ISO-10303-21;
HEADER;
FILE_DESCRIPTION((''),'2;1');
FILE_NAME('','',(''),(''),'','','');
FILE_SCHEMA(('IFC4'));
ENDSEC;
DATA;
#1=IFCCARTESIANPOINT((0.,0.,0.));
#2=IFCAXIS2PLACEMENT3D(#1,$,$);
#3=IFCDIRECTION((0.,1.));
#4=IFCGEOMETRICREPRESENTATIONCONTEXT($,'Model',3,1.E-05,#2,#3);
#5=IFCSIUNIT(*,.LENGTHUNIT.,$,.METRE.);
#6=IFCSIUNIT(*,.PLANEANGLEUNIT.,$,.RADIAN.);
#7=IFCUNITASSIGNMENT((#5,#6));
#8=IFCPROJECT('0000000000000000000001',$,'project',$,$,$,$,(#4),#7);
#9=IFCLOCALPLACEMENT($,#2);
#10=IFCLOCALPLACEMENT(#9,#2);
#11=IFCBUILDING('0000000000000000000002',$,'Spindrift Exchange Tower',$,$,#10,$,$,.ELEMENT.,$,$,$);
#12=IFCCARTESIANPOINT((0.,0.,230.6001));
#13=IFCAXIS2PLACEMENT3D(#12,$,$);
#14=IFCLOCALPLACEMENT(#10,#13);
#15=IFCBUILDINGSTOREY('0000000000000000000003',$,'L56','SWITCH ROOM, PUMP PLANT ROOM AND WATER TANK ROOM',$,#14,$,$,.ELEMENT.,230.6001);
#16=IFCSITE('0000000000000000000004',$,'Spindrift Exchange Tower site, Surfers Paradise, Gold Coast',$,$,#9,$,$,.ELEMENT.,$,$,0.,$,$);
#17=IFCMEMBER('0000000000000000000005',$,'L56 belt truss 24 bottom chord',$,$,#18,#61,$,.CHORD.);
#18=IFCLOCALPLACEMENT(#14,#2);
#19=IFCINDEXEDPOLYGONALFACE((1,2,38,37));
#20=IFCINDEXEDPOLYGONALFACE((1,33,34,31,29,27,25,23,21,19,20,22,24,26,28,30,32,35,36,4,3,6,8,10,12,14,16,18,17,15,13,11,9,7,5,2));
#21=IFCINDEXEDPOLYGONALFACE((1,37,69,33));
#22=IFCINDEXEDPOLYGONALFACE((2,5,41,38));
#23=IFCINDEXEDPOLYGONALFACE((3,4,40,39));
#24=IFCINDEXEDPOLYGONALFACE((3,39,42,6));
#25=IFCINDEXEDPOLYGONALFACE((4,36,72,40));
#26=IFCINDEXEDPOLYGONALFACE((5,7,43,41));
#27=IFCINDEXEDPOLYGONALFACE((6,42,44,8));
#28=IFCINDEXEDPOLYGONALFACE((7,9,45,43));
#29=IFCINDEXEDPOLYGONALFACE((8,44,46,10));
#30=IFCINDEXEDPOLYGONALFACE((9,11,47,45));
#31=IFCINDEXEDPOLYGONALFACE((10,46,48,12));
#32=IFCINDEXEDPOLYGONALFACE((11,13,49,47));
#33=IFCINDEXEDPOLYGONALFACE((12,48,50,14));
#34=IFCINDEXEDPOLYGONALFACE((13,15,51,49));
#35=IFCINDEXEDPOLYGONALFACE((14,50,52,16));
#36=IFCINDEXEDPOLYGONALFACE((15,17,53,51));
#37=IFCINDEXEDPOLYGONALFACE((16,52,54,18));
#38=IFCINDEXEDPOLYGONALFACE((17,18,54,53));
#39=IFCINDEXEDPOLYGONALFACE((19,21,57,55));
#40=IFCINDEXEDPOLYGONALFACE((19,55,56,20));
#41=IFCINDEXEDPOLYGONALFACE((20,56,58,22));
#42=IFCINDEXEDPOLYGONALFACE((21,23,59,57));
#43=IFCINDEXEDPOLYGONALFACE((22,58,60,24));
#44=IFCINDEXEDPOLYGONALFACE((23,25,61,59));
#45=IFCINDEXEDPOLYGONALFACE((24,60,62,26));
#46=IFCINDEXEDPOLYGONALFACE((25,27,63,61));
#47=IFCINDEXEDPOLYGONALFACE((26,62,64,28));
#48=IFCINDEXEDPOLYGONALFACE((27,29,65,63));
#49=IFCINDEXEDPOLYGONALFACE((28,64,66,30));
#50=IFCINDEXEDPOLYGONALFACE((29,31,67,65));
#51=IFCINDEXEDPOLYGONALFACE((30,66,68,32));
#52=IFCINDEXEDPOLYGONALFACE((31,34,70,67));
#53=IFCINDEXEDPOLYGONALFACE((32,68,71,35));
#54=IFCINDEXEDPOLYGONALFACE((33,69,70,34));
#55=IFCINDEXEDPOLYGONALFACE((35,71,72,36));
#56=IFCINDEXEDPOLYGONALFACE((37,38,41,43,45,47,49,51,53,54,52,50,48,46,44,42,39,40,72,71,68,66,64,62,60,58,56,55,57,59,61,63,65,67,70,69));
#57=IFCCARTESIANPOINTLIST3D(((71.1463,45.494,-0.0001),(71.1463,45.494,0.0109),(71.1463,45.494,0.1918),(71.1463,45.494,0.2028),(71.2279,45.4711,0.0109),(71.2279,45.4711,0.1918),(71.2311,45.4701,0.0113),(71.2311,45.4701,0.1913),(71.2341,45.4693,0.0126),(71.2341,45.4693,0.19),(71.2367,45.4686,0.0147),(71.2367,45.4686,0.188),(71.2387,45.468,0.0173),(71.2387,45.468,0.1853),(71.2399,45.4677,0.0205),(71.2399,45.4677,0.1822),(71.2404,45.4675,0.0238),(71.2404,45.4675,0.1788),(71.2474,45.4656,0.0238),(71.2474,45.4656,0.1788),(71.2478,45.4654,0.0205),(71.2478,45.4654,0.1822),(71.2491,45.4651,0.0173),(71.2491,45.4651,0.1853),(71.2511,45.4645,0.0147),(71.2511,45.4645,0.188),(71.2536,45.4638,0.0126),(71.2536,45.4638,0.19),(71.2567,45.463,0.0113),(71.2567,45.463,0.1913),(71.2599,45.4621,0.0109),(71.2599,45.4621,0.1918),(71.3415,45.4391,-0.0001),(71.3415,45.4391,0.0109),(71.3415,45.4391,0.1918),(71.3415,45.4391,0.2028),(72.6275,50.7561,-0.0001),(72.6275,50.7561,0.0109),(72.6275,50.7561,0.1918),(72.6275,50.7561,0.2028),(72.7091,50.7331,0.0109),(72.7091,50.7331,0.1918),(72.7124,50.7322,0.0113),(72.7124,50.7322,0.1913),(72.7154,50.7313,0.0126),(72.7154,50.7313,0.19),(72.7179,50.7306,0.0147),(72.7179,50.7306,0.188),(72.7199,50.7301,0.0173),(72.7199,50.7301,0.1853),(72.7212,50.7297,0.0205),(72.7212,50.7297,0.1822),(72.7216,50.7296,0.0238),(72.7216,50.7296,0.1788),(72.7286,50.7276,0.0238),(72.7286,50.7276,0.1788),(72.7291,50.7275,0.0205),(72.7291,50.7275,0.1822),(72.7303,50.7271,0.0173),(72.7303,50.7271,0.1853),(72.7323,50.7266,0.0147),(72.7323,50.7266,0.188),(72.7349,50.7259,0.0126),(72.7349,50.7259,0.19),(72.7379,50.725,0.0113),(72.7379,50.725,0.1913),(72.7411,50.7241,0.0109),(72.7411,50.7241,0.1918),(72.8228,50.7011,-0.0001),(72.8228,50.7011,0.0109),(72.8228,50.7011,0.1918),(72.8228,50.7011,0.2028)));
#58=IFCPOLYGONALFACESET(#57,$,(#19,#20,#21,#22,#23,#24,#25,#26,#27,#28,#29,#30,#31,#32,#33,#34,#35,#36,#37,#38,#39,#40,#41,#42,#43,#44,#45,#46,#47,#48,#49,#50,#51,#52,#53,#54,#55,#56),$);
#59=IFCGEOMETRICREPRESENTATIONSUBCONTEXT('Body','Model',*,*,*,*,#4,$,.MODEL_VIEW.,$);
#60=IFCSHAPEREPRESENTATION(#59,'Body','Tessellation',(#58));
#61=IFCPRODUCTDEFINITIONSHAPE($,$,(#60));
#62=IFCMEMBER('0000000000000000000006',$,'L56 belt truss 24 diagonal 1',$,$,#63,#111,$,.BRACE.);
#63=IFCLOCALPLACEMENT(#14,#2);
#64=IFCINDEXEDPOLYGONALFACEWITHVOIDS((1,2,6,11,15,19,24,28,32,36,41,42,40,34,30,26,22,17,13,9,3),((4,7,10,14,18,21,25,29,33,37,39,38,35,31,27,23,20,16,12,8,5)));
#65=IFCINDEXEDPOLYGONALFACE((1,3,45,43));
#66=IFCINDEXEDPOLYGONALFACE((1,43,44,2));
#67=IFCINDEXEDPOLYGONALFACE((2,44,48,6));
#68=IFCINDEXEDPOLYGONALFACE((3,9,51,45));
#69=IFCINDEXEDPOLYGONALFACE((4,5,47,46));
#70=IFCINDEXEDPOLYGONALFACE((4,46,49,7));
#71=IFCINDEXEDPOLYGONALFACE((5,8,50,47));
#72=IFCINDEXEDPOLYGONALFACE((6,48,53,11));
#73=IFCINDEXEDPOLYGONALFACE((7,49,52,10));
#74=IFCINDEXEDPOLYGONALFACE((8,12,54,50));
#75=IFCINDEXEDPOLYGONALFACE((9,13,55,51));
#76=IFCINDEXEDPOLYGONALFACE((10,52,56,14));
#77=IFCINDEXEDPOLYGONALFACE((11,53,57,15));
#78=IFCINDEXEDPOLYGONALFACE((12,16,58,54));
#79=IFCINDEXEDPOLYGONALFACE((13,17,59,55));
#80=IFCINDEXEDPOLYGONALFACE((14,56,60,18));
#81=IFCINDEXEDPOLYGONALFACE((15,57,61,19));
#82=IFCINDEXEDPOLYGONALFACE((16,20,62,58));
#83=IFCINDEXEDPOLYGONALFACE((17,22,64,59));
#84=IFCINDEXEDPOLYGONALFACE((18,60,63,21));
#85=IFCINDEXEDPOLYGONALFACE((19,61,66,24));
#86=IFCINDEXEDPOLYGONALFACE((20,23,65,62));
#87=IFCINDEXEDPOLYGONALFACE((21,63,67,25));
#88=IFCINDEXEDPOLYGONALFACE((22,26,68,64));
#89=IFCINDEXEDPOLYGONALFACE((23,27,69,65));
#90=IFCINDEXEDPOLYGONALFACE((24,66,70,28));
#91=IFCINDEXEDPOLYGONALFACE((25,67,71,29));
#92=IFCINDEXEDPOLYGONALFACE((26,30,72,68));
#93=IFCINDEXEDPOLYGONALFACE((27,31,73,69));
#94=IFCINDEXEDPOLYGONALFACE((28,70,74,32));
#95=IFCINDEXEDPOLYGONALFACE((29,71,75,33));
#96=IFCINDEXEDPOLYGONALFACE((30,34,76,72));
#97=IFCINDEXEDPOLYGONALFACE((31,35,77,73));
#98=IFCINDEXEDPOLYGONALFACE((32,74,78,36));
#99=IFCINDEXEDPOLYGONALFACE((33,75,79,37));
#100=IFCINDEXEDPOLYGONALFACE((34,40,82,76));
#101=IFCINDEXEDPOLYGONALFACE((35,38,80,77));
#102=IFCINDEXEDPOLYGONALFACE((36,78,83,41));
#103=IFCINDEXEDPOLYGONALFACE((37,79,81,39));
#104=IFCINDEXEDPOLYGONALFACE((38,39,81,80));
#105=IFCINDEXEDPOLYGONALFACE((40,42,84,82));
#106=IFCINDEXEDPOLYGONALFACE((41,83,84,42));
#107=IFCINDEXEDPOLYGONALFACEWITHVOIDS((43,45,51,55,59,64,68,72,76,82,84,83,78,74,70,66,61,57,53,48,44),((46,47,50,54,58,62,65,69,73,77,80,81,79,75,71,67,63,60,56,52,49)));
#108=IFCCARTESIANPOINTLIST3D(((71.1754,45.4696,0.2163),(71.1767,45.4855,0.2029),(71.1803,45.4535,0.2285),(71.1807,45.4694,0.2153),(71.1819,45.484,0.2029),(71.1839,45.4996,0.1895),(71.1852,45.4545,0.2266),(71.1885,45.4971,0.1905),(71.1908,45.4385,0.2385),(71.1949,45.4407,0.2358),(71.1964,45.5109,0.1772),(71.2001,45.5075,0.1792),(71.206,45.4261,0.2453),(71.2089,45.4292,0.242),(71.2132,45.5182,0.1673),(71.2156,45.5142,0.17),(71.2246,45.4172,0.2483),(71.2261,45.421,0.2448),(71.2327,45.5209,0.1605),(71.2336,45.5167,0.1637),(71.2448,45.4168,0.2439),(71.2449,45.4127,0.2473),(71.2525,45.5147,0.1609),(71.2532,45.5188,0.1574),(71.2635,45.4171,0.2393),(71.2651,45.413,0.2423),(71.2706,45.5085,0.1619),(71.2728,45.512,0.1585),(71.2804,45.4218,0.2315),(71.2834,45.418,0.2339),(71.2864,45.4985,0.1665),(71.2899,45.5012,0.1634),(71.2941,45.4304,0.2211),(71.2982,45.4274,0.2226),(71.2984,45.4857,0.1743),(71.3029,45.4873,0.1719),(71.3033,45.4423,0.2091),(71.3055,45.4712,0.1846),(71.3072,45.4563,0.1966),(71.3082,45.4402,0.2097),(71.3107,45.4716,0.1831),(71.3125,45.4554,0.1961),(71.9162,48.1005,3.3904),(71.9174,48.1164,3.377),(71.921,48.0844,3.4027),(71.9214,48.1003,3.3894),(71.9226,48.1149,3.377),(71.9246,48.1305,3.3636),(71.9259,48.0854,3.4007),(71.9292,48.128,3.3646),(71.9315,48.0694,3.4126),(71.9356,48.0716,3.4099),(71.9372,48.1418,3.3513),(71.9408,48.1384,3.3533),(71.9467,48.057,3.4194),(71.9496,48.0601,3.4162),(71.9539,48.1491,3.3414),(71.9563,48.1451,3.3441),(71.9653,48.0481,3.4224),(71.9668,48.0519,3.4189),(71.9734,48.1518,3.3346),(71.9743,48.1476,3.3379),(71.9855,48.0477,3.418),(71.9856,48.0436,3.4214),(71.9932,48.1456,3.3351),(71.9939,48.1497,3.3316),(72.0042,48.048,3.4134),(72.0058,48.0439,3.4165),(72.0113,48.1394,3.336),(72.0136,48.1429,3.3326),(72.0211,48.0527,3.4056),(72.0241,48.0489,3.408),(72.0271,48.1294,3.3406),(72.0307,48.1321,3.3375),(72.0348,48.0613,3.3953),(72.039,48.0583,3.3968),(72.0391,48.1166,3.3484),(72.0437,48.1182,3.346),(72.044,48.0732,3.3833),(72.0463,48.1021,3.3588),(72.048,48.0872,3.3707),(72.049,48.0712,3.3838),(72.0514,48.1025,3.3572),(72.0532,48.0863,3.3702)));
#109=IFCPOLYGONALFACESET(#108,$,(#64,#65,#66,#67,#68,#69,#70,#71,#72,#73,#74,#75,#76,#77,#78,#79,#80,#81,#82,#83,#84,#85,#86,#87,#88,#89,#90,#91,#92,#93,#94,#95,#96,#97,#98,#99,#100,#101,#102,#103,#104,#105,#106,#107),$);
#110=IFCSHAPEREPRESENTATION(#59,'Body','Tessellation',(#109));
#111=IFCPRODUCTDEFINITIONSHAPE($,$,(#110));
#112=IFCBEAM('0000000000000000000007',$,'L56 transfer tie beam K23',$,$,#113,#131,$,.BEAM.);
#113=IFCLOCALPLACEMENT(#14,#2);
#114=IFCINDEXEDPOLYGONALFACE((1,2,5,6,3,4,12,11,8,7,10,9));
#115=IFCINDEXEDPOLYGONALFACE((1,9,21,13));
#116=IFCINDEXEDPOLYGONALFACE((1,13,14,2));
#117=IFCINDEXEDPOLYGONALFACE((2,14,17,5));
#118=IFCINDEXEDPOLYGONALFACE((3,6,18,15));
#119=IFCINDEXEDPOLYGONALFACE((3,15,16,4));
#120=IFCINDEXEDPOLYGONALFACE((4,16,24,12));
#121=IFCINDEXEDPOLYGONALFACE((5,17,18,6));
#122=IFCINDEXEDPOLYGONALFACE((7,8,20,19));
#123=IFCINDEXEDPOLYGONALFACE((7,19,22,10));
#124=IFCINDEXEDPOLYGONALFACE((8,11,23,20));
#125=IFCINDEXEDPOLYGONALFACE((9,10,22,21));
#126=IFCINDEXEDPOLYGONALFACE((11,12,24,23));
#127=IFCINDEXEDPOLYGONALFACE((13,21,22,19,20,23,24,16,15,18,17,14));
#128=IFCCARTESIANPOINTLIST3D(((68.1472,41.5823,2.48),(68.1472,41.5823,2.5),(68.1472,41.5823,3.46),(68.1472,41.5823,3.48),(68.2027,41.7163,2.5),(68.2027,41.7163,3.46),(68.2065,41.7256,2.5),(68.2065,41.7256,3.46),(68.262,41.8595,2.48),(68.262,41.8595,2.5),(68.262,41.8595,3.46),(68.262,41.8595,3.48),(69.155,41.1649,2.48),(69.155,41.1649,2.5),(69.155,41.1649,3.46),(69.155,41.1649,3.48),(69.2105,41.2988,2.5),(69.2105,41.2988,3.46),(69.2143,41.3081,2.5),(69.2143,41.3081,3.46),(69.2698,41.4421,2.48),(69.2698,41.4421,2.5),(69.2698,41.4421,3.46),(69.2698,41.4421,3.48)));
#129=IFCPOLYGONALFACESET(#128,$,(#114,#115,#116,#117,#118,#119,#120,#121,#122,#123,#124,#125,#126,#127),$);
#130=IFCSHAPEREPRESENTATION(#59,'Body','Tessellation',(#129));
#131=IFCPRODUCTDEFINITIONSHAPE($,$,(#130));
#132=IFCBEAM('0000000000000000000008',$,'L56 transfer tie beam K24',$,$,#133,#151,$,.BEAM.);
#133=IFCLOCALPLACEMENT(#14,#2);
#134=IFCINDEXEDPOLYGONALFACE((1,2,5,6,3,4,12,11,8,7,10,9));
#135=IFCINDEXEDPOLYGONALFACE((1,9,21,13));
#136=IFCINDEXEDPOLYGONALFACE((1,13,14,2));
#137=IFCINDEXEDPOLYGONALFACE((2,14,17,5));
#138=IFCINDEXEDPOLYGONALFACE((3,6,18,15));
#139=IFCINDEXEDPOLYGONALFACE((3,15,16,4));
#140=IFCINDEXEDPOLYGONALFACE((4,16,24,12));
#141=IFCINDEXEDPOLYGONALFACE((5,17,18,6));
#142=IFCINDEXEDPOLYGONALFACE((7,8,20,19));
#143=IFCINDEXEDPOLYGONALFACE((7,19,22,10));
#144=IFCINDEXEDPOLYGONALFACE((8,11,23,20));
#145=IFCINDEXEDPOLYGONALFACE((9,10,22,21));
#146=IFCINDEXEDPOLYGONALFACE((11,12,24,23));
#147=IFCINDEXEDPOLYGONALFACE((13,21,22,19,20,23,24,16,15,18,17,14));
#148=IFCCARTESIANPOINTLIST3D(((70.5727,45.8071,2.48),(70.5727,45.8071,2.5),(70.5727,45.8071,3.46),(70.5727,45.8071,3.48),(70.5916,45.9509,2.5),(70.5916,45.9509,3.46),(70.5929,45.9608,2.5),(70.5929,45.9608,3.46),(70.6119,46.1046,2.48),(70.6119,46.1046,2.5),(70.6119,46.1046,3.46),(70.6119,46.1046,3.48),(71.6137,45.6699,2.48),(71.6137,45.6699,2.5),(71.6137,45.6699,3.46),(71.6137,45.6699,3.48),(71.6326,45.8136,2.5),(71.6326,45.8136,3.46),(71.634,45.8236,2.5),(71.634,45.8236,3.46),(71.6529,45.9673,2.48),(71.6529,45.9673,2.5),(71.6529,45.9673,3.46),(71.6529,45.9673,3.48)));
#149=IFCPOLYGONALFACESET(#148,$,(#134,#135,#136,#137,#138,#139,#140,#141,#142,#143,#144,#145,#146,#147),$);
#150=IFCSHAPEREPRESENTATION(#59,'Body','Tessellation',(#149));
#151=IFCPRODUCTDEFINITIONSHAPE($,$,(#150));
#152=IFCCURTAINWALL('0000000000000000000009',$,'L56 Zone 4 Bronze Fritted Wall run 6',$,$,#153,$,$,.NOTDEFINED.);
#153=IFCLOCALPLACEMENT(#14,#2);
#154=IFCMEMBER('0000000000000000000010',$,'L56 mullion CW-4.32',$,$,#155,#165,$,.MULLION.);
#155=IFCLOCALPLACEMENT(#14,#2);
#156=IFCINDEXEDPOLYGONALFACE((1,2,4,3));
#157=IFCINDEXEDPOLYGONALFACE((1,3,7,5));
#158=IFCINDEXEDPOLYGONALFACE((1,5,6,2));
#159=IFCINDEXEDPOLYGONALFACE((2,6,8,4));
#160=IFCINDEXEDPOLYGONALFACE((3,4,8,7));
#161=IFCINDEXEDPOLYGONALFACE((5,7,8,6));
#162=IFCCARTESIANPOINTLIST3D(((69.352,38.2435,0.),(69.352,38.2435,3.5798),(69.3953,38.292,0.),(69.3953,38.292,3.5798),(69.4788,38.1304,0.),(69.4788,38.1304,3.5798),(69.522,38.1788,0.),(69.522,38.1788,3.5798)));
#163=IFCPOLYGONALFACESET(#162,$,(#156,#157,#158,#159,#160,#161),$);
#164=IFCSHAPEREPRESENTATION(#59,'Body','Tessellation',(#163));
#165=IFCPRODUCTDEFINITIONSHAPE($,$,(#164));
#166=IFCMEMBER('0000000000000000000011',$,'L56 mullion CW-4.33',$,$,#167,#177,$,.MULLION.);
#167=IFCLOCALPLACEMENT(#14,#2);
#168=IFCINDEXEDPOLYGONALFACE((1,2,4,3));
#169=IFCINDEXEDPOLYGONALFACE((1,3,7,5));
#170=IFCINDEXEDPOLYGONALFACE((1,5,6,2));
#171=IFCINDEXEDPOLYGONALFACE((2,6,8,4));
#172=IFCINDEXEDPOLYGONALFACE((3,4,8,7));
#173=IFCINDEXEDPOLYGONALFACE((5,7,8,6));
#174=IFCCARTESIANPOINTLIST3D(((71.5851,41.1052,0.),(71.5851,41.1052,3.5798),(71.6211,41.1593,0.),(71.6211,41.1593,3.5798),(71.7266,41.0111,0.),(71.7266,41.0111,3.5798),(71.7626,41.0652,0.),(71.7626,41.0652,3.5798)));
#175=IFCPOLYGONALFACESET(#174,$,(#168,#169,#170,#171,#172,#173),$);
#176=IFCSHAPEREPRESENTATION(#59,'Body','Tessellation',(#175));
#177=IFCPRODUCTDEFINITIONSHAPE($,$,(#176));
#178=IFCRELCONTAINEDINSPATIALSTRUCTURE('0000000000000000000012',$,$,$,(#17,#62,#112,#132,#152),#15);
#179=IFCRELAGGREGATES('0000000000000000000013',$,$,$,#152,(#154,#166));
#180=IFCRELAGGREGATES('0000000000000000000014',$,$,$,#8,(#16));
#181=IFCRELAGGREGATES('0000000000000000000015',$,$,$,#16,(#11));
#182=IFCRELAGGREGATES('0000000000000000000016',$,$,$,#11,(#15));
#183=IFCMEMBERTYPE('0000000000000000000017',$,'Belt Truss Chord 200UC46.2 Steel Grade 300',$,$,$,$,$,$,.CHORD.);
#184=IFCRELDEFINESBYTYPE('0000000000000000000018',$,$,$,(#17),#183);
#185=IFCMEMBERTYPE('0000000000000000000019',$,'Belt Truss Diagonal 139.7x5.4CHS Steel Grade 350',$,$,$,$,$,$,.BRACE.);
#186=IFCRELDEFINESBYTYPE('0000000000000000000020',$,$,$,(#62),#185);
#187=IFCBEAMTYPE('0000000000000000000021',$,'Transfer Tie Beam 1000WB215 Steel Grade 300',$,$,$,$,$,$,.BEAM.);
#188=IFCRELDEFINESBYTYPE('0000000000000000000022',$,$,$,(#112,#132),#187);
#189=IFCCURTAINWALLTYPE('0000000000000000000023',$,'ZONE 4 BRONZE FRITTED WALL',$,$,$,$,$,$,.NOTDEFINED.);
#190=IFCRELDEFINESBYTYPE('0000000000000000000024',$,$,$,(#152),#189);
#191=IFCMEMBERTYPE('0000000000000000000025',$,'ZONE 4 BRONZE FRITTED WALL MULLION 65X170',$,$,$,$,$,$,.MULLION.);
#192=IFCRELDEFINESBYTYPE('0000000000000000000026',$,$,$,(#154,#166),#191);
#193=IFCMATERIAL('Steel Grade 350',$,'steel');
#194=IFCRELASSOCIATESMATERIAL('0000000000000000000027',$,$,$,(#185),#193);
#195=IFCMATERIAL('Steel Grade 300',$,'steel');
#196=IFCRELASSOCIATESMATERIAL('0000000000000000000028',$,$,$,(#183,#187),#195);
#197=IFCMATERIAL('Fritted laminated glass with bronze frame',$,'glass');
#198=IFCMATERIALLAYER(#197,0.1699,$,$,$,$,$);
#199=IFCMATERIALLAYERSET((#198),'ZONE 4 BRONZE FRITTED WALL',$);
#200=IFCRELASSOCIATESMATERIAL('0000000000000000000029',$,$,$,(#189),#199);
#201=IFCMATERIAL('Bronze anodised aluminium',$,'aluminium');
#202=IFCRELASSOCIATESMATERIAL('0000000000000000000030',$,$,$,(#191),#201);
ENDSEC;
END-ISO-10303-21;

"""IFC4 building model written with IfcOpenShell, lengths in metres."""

from ifc_helpers import new_model, si_unit, direction, frame, origin, origin_2d, place, context, subcontext, project, spatial, rectangle, hollow_circle, i_section, extrude, source, transform, mapped, material, layer, layer_set, material_profile, profile_set, type_object, element, aggregate, save


model = new_model("IFC4")

# Units and contexts
model_context = context("Model", 3, precision=1e-05, world=origin(), true_north=direction((0.0, 1.0)))
body_context = subcontext(model_context, "Body", "Model", "MODEL_VIEW")
ifc_project = project(units=[si_unit("LENGTHUNIT", "METRE"), si_unit("PLANEANGLEUNIT", "RADIAN")], contexts=[model_context])

# Site, building, storey
site_placement = place(None, origin())
site = spatial("IfcSite", under=ifc_project, at=site_placement, Name="Spindrift Exchange Tower site, Surfers Paradise, Gold Coast", CompositionType="ELEMENT", RefElevation=0.0)
building_placement = place(site_placement, origin())
building = spatial("IfcBuilding", under=site, at=building_placement, Name="Spindrift Exchange Tower", CompositionType="ELEMENT")
storey_placement = place(building_placement, frame((0.0, 0.0, 230.6001)))
storey = spatial("IfcBuildingStorey", under=building, at=storey_placement, Name="L56", Description="SWITCH ROOM, PUMP PLANT ROOM AND WATER TANK ROOM", CompositionType="ELEMENT", Elevation=230.6001)

# Shared definitions
ifc_material_1 = material(Name="Steel Grade 300", Category="steel")

# Members
ifc_material_2 = material(Name="Steel Grade 350", Category="steel")
ifc_material_profile_1 = material_profile(ifc_material_2, hollow_circle(Radius=0.0698, WallThickness=0.0054, at=origin_2d()), Name="139.7x5.4CHS")
ifc_profile_set_1 = profile_set([ifc_material_profile_1], Name="Steel Grade 350")
member_type_1 = type_object("IfcMemberType", Name="Belt Truss Diagonal 139.7x5.4CHS Steel Grade 350", PredefinedType="BRACE", material=ifc_profile_set_1)
ifc_material_profile_2 = material_profile(ifc_material_1, i_section(OverallWidth=0.2029, OverallDepth=0.2029, WebThickness=0.0073, FlangeThickness=0.011, FilletRadius=0.0129, at=origin_2d()), Name="200UC46.2")
ifc_profile_set_2 = profile_set([ifc_material_profile_2], Name="Steel Grade 300")
member_type_2 = type_object("IfcMemberType", Name="Belt Truss Chord 200UC46.2 Steel Grade 300", PredefinedType="CHORD", material=ifc_profile_set_2)
shared_shape_1 = source(origin(), body_context, "Body", "SweptSolid", [
    extrude(i_section(OverallWidth=0.2029, OverallDepth=0.2029, WebThickness=0.0073, FlangeThickness=0.011, FilletRadius=0.0129, at=origin_2d()), origin(), (0.0, 0.0, 1.0), 5.4666),
])
for number, where, z_axis, x_axis, name in (
    (1, (71.2439, 45.4666, 0.1013), (0.270962, 0.96259, 0.0), (-0.96259, 0.270962, 0.0), "L56 belt truss 24 bottom chord"),
):
    element("IfcMember", number, at=place(storey_placement, frame(where, z_axis=z_axis, x_axis=x_axis)), inside=storey, type_object=member_type_2, Name=name, PredefinedType="CHORD", context=body_context, shape_type="MappedRepresentation", body=[
        mapped(shared_shape_1, transform((0.0, 0.0, 0.0), scale=1.0)),
    ])
shared_shape_2 = source(origin(), body_context, "Body", "SweptSolid", [
    extrude(hollow_circle(Radius=0.0698, WallThickness=0.0054, at=origin_2d()), origin(), (0.0, 0.0, 1.0), 4.1887),
])
member_1_placement = place(storey_placement, frame((71.2439, 45.4666, 0.2029), z_axis=(0.17684, 0.628092, 0.757779), x_axis=(-0.962575, 0.271015, 0.0)))
element("IfcMember", 2, at=member_1_placement, inside=storey, type_object=member_type_1, Name="L56 belt truss 24 diagonal 1", PredefinedType="BRACE", context=body_context, shape_type="MappedRepresentation", body=[
    mapped(shared_shape_2, transform((0.0, 0.0, 0.0), scale=1.0)),
])

# Beams
ifc_material_profile_3 = material_profile(ifc_material_1, i_section(OverallWidth=0.3, OverallDepth=1.0, WebThickness=0.01, FlangeThickness=0.02, at=origin_2d()), Name="1000WB215")
ifc_profile_set_3 = profile_set([ifc_material_profile_3], Name="Steel Grade 300")
beam_type_1 = type_object("IfcBeamType", Name="Transfer Tie Beam 1000WB215 Steel Grade 300", PredefinedType="BEAM", material=ifc_profile_set_3)
shared_shape_3 = source(origin(), body_context, "Body", "SweptSolid", [
    extrude(i_section(OverallWidth=0.3, OverallDepth=1.0, WebThickness=0.01, FlangeThickness=0.02, at=origin_2d()), origin(), (0.0, 0.0, 1.0), 1.0908),
])
beam_1_placement = place(storey_placement, frame((69.2124, 41.3035, 2.98), z_axis=(-0.92387, 0.382708, 0.0), x_axis=(-0.382708, -0.92387, 0.0)))
element("IfcBeam", 3, at=beam_1_placement, inside=storey, type_object=beam_type_1, Name="L56 transfer tie beam K23", PredefinedType="BEAM", context=body_context, shape_type="MappedRepresentation", body=[
    mapped(shared_shape_3, transform((0.0, 0.0, 0.0), scale=1.0)),
])
shared_shape_4 = source(origin(), body_context, "Body", "SweptSolid", [
    extrude(i_section(OverallWidth=0.3, OverallDepth=1.0, WebThickness=0.01, FlangeThickness=0.02, at=origin_2d()), origin(), (0.0, 0.0, 1.0), 1.05),
])
beam_2_placement = place(storey_placement, frame((71.6333, 45.8186, 2.98), z_axis=(-0.991426, 0.130671, 0.0), x_axis=(-0.130671, -0.991426, 0.0)))
element("IfcBeam", 4, at=beam_2_placement, inside=storey, type_object=beam_type_1, Name="L56 transfer tie beam K24", PredefinedType="BEAM", context=body_context, shape_type="MappedRepresentation", body=[
    mapped(shared_shape_4, transform((0.0, 0.0, 0.0), scale=1.0)),
])

# Curtain wall, members
ifc_material_3 = material(Name="Fritted laminated glass with bronze frame", Category="glass")
ifc_layer_1 = layer(ifc_material_3, 0.1699)
ifc_layer_set_1 = layer_set([ifc_layer_1], Name="ZONE 4 BRONZE FRITTED WALL")
curtain_wall_type = type_object("IfcCurtainWallType", Name="ZONE 4 BRONZE FRITTED WALL", PredefinedType="NOTDEFINED", material=ifc_layer_set_1)
curtain_wall_placement = place(storey_placement, origin())
curtain_wall = element("IfcCurtainWall", 5, at=curtain_wall_placement, inside=storey, type_object=curtain_wall_type, Name="L56 Zone 4 Bronze Fritted Wall run 6", PredefinedType="NOTDEFINED")
ifc_material_4 = material(Name="Bronze anodised aluminium", Category="aluminium")
ifc_material_profile_4 = material_profile(ifc_material_4, rectangle(XDim=0.0649, YDim=0.1699, at=origin_2d()), Name="ZONE 4 BRONZE FRITTED WALL MULLION 65X170")
ifc_profile_set_4 = profile_set([ifc_material_profile_4], Name="Bronze anodised aluminium")
member_type_3 = type_object("IfcMemberType", Name="ZONE 4 BRONZE FRITTED WALL MULLION 65X170", PredefinedType="MULLION", material=ifc_profile_set_4)
shared_shape_5 = source(origin(), body_context, "Body", "SweptSolid", [
    extrude(rectangle(XDim=0.0649, YDim=0.1699, at=origin_2d()), origin(), (0.0, 0.0, 1.0), 3.5798),
])
member_2_placement = place(storey_placement, frame((69.437, 38.2112, 0.0), z_axis=(0.0, 0.0, 1.0), x_axis=(0.665972, 0.745977, 0.0)))
member_2 = element("IfcMember", 6, at=member_2_placement, type_object=member_type_3, Name="L56 mullion CW-4.32", PredefinedType="MULLION", context=body_context, shape_type="MappedRepresentation", body=[
    mapped(shared_shape_5, transform((0.0, 0.0, 0.0), scale=1.0)),
])
member_3_placement = place(storey_placement, frame((71.6738, 41.0852, 0.0), z_axis=(0.0, 0.0, 1.0), x_axis=(0.55362, 0.83277, 0.0)))
member_3 = element("IfcMember", 7, at=member_3_placement, type_object=member_type_3, Name="L56 mullion CW-4.33", PredefinedType="MULLION", context=body_context, shape_type="MappedRepresentation", body=[
    mapped(shared_shape_5, transform((0.0, 0.0, 0.0), scale=1.0)),
])
aggregate(curtain_wall, [member_2, member_3])

save(model, "model.ifc")
